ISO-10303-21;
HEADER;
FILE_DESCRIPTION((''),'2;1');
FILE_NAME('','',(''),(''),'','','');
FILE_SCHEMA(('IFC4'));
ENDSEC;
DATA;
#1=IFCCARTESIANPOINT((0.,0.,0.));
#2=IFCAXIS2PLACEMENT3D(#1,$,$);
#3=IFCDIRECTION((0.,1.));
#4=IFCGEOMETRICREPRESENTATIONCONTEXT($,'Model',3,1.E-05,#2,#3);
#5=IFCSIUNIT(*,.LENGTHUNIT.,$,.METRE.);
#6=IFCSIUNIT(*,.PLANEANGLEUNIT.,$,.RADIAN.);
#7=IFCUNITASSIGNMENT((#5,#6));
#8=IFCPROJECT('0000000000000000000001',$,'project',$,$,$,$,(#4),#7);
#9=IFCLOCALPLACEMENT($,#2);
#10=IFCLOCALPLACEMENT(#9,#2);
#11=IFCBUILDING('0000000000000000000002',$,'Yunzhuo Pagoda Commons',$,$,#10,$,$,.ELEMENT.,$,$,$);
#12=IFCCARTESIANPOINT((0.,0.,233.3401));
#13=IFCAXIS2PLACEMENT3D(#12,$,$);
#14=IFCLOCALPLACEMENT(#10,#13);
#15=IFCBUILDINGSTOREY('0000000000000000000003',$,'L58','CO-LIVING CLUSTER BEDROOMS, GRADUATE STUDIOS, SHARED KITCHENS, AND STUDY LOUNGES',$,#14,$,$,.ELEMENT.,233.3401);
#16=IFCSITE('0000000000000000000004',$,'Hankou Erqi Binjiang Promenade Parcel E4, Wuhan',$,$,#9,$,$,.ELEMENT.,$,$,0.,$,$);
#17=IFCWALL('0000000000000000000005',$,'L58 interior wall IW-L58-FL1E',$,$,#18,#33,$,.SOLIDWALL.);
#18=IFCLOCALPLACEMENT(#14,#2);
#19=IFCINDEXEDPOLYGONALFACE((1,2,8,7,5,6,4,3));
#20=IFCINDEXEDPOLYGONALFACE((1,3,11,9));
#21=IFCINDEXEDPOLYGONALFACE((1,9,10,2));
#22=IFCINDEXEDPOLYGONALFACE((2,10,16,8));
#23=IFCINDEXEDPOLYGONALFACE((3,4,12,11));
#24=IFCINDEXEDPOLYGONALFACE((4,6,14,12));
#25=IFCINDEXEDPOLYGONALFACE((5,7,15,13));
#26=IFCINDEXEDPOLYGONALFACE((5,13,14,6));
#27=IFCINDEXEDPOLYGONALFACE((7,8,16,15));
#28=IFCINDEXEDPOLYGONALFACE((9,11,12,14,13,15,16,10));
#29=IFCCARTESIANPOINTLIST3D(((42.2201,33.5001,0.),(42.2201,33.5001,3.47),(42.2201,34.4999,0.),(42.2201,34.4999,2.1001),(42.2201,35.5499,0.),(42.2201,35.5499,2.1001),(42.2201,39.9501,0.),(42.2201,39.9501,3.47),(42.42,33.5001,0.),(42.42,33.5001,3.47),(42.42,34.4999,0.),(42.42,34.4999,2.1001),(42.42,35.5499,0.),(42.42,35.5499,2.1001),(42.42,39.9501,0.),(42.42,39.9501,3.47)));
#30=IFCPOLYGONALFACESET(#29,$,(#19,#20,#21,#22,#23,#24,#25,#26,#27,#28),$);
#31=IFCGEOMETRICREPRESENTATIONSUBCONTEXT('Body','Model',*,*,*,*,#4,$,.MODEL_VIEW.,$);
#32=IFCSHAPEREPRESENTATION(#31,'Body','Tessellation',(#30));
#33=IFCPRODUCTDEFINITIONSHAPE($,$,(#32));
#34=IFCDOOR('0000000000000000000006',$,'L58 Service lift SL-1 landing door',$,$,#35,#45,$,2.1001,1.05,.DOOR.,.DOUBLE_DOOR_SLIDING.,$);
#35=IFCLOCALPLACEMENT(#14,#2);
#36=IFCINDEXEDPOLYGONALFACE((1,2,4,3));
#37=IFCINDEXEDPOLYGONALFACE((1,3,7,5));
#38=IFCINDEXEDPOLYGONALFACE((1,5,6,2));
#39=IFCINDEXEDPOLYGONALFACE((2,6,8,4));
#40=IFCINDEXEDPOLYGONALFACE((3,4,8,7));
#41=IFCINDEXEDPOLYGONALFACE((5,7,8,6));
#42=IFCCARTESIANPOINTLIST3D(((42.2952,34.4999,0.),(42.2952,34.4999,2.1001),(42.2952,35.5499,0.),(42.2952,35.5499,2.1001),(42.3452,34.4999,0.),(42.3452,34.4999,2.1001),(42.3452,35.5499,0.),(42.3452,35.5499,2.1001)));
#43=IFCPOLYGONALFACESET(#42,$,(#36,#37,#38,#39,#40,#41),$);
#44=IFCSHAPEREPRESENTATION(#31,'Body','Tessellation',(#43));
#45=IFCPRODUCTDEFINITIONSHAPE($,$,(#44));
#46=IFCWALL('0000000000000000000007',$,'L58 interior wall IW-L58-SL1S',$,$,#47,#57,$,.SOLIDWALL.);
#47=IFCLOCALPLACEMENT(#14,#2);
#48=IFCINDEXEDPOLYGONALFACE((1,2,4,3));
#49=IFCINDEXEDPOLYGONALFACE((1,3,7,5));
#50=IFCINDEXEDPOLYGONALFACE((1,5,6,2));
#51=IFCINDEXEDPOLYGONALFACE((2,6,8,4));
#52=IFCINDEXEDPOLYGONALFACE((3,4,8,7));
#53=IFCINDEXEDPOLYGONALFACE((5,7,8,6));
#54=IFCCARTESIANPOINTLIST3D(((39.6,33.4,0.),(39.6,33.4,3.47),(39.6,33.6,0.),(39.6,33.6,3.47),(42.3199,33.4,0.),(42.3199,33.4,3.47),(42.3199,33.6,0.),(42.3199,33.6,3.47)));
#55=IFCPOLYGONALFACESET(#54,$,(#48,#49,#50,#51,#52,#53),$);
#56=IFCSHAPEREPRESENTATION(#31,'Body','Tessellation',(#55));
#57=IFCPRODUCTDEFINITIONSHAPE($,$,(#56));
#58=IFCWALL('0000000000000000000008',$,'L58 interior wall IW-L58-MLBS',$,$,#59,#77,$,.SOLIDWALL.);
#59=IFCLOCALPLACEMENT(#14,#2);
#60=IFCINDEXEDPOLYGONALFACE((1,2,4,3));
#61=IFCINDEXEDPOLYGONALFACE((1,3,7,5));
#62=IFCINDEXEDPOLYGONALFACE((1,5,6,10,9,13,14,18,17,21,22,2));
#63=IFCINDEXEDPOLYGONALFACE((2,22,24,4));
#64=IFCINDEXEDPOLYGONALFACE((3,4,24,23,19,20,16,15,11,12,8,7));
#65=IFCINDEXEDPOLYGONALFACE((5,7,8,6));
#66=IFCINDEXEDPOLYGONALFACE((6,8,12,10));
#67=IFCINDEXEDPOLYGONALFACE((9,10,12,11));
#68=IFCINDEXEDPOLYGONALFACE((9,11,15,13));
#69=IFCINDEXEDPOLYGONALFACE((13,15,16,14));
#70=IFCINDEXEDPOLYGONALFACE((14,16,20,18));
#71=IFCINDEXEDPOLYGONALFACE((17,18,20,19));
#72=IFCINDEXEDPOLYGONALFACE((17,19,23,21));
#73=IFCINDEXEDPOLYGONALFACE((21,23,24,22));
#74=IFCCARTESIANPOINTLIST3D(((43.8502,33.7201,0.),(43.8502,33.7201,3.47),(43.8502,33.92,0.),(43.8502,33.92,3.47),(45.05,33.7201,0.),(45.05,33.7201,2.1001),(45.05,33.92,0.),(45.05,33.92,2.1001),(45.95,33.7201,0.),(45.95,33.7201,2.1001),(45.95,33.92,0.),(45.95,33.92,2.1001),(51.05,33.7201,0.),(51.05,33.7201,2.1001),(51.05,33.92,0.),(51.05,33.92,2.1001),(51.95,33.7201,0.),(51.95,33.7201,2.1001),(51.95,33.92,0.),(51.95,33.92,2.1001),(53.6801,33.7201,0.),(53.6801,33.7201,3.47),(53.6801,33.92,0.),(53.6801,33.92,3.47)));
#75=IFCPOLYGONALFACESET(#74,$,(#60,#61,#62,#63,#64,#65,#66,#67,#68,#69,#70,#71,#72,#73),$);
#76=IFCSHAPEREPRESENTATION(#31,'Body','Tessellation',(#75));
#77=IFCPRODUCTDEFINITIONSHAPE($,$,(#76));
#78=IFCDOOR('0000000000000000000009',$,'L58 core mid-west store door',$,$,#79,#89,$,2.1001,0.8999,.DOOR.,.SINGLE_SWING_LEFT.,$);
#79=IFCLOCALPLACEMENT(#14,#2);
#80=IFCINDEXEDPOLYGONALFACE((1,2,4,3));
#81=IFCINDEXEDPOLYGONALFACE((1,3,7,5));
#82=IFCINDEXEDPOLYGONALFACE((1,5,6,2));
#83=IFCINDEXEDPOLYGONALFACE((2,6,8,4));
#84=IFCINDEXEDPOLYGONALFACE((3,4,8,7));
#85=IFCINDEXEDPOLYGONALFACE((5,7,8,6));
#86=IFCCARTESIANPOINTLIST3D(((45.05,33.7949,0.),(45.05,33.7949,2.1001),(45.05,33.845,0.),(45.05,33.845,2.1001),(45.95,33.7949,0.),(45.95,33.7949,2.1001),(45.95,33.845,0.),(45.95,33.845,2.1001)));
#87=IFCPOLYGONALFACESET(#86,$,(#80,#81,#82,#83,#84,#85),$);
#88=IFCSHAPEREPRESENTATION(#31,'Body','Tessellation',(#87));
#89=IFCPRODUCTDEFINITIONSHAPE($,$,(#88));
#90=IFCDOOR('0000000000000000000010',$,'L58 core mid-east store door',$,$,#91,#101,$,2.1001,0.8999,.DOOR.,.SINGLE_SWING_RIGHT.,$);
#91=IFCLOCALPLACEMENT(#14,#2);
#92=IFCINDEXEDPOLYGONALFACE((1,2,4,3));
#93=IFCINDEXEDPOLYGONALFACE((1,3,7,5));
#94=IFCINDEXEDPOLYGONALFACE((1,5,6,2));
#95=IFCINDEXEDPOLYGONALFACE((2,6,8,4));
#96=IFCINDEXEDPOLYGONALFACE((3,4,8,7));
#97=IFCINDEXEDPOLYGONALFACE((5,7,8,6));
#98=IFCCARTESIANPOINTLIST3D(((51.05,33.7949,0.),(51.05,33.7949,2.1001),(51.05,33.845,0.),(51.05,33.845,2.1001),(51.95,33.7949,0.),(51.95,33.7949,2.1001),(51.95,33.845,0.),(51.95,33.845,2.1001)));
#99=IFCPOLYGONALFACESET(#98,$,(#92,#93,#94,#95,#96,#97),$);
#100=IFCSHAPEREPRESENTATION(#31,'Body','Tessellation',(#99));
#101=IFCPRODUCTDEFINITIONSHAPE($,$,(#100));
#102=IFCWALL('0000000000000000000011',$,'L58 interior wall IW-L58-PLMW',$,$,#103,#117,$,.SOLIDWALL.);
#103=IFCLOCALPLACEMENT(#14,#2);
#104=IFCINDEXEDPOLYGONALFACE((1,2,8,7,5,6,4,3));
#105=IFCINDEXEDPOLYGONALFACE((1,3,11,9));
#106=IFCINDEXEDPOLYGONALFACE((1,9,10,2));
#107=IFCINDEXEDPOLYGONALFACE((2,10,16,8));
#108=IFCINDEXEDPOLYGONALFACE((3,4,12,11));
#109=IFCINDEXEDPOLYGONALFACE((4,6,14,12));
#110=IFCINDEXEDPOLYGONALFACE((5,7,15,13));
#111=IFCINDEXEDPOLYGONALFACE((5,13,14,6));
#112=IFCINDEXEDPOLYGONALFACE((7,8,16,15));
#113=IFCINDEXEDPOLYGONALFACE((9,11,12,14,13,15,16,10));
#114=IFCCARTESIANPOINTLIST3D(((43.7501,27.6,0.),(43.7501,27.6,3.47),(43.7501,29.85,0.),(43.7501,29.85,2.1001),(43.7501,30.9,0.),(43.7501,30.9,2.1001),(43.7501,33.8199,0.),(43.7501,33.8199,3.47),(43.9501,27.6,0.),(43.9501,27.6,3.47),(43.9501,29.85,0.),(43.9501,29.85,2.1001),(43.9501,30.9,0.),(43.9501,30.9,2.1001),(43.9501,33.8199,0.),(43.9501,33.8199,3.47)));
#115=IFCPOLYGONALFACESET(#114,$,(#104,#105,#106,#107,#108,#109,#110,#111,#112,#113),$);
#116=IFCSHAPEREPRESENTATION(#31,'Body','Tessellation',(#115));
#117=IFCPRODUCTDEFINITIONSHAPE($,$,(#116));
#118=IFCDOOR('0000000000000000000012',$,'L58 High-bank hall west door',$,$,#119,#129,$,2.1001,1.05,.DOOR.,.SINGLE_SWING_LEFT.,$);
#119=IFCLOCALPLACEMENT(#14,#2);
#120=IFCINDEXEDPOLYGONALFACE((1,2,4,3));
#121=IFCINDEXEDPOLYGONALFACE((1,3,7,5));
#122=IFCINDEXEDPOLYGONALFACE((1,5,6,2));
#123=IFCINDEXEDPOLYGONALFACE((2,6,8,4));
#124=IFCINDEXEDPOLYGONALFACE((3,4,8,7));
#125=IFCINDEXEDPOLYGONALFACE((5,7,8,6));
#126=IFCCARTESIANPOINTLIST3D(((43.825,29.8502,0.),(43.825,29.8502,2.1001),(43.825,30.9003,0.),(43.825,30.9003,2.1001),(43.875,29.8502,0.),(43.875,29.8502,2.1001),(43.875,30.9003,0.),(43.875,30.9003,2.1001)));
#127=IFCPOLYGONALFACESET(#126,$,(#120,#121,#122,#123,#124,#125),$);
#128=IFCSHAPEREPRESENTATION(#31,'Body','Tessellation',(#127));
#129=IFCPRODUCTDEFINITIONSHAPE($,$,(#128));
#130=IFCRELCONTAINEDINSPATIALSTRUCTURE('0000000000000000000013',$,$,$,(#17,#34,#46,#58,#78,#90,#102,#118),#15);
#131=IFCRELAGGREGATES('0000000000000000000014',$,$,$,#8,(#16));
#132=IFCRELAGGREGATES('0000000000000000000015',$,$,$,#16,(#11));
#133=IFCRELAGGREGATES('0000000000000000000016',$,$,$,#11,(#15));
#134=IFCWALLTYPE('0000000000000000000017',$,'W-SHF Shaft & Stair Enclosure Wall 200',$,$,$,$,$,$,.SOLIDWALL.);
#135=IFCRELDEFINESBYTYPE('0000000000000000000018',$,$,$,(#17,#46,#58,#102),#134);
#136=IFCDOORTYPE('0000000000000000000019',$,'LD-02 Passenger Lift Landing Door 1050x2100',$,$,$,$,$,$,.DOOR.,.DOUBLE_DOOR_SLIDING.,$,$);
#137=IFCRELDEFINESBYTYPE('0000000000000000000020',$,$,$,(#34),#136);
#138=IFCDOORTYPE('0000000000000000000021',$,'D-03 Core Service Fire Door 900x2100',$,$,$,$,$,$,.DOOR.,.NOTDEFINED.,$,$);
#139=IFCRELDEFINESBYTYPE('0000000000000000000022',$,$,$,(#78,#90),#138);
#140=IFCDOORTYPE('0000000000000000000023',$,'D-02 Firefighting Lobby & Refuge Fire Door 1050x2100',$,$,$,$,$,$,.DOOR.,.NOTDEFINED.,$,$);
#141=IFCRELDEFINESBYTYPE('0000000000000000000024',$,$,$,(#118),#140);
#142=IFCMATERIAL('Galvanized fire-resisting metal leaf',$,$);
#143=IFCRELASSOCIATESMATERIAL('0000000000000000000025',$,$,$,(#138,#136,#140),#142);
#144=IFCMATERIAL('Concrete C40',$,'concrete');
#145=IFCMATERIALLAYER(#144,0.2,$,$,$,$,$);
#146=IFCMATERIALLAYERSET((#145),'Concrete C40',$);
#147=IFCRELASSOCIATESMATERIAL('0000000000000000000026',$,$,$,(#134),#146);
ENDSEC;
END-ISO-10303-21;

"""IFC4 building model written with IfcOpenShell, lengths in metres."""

from ifc_helpers import new_model, si_unit, direction, frame, frame_2d, origin, origin_with_axes, place, context, subcontext, project, spatial, rectangle, extrude, source, transform, mapped, material, layer, layer_set, type_object, element, fill, save


model = new_model("IFC4")

# Units and contexts
model_context = context("Model", 3, precision=1e-05, world=origin(), true_north=direction((0.0, 1.0)))
body_context = subcontext(model_context, "Body", "Model", "MODEL_VIEW")
ifc_project = project(units=[si_unit("LENGTHUNIT", "METRE"), si_unit("PLANEANGLEUNIT", "RADIAN")], contexts=[model_context])

# Site, building, storey
site_placement = place(None, origin())
site = spatial("IfcSite", under=ifc_project, at=site_placement, Name="Hankou Erqi Binjiang Promenade Parcel E4, Wuhan", CompositionType="ELEMENT", RefElevation=0.0)
building_placement = place(site_placement, origin())
building = spatial("IfcBuilding", under=site, at=building_placement, Name="Yunzhuo Pagoda Commons", CompositionType="ELEMENT")
storey_placement = place(building_placement, frame((0.0, 0.0, 233.3401)))
storey = spatial("IfcBuildingStorey", under=building, at=storey_placement, Name="L58", Description="CO-LIVING CLUSTER BEDROOMS, GRADUATE STUDIOS, SHARED KITCHENS, AND STUDY LOUNGES", CompositionType="ELEMENT", Elevation=233.3401)

# Shared definitions
ifc_material_1 = material(Name="Galvanized fire-resisting metal leaf")
door_type_1 = type_object("IfcDoorType", Name="D-03 Core Service Fire Door 900x2100", OperationType="NOTDEFINED", PredefinedType="DOOR", material=ifc_material_1)
shared_shape_1 = source(origin(), body_context, "Body", "SweptSolid", [
    extrude(rectangle(XDim=0.8999, YDim=2.1001, at=frame_2d((0.45, 1.05))), frame((0.0, 0.0249, 0.0), z_axis=(0.0, -1.0, 0.0), x_axis=(1.0, 0.0, 0.0)), (0.0, 0.0, 1.0), 0.05),
])

# Wall, opening, door
ifc_material_2 = material(Name="Concrete C40", Category="concrete")
ifc_layer_1 = layer(ifc_material_2, 0.2)
ifc_layer_set_1 = layer_set([ifc_layer_1], Name="Concrete C40")
wall_type_1 = type_object("IfcWallType", Name="W-SHF Shaft & Stair Enclosure Wall 200", PredefinedType="SOLIDWALL", material=ifc_layer_set_1)
wall_1_placement = place(storey_placement, frame((42.3201, 33.5, 0.0), z_axis=(0.0, 0.0, 1.0), x_axis=(0.0, 1.0, 0.0)))
wall_1 = element("IfcWall", 1, at=wall_1_placement, inside=storey, type_object=wall_type_1, Name="L58 interior wall IW-L58-FL1E", PredefinedType="SOLIDWALL", context=body_context, shape_type="SweptSolid", body=[
    extrude(rectangle(XDim=6.45, YDim=0.2, at=frame_2d((3.2251, 0.0))), origin(), (0.0, 0.0, 1.0), 3.47),
])
opening_1_placement = place(wall_1_placement, frame((1.0, 0.0, 0.0)))
opening_1 = element("IfcOpeningElement", 2, at=opening_1_placement, cuts=wall_1, PredefinedType="OPENING", context=body_context, shape_type="SweptSolid", body=[
    extrude(rectangle(XDim=1.05, YDim=2.1001, at=frame_2d((0.5249, 1.05))), frame((0.0, 0.1099, 0.0), z_axis=(0.0, -1.0, 0.0), x_axis=(1.0, 0.0, 0.0)), (0.0, 0.0, 1.0), 0.22),
])
door_type_2 = type_object("IfcDoorType", Name="LD-02 Passenger Lift Landing Door 1050x2100", OperationType="DOUBLE_DOOR_SLIDING", PredefinedType="DOOR", material=ifc_material_1)
shared_shape_2 = source(origin(), body_context, "Body", "SweptSolid", [
    extrude(rectangle(XDim=1.05, YDim=2.1001, at=frame_2d((0.5249, 1.05))), frame((0.0, 0.0249, 0.0), z_axis=(0.0, -1.0, 0.0), x_axis=(1.0, 0.0, 0.0)), (0.0, 0.0, 1.0), 0.05),
])
door_1_placement = place(opening_1_placement, origin_with_axes())
door_1 = element("IfcDoor", 3, at=door_1_placement, inside=storey, type_object=door_type_2, Name="L58 Service lift SL-1 landing door", OperationType="DOUBLE_DOOR_SLIDING", OverallHeight=2.1001, OverallWidth=1.05, PredefinedType="DOOR", context=body_context, shape_type="MappedRepresentation", body=[
    mapped(shared_shape_2, transform((0.0, 0.0, 0.0), scale=1.0)),
])
fill(opening_1, door_1)

# Wall
wall_2_placement = place(storey_placement, frame((39.6001, 33.5, 0.0), z_axis=(0.0, 0.0, 1.0), x_axis=(1.0, 0.0, 0.0)))
element("IfcWall", 4, at=wall_2_placement, inside=storey, type_object=wall_type_1, Name="L58 interior wall IW-L58-SL1S", PredefinedType="SOLIDWALL", context=body_context, shape_type="SweptSolid", body=[
    extrude(rectangle(XDim=2.72, YDim=0.2, at=frame_2d((1.3599, 0.0))), origin(), (0.0, 0.0, 1.0), 3.47),
])

# Wall, openings, doors
wall_3_placement = place(storey_placement, frame((43.8501, 33.8201, 0.0), z_axis=(0.0, 0.0, 1.0), x_axis=(1.0, 0.0, 0.0)))
wall_3 = element("IfcWall", 5, at=wall_3_placement, inside=storey, type_object=wall_type_1, Name="L58 interior wall IW-L58-MLBS", PredefinedType="SOLIDWALL", context=body_context, shape_type="SweptSolid", body=[
    extrude(rectangle(XDim=9.8298, YDim=0.2, at=frame_2d((4.915, 0.0))), origin(), (0.0, 0.0, 1.0), 3.47),
])
opening_2_placement = place(wall_3_placement, frame((1.2, 0.0, 0.0)))
opening_2 = element("IfcOpeningElement", 6, at=opening_2_placement, cuts=wall_3, PredefinedType="OPENING", context=body_context, shape_type="SweptSolid", body=[
    extrude(rectangle(XDim=0.8999, YDim=2.1001, at=frame_2d((0.45, 1.05))), frame((0.0, 0.1099, 0.0), z_axis=(0.0, -1.0, 0.0), x_axis=(1.0, 0.0, 0.0)), (0.0, 0.0, 1.0), 0.22),
])
opening_3_placement = place(wall_3_placement, frame((7.2, 0.0, 0.0)))
opening_3 = element("IfcOpeningElement", 7, at=opening_3_placement, cuts=wall_3, PredefinedType="OPENING", context=body_context, shape_type="SweptSolid", body=[
    extrude(rectangle(XDim=0.8999, YDim=2.1001, at=frame_2d((0.45, 1.05))), frame((0.0, 0.1099, 0.0), z_axis=(0.0, -1.0, 0.0), x_axis=(1.0, 0.0, 0.0)), (0.0, 0.0, 1.0), 0.22),
])
door_2_placement = place(opening_2_placement, origin_with_axes())
door_2 = element("IfcDoor", 8, at=door_2_placement, inside=storey, type_object=door_type_1, Name="L58 core mid-west store door", OperationType="SINGLE_SWING_LEFT", OverallHeight=2.1001, OverallWidth=0.8999, PredefinedType="DOOR", context=body_context, shape_type="MappedRepresentation", body=[
    mapped(shared_shape_1, transform((0.0, 0.0, 0.0), scale=1.0)),
])
fill(opening_2, door_2)
door_3_placement = place(opening_3_placement, origin_with_axes())
door_3 = element("IfcDoor", 9, at=door_3_placement, inside=storey, type_object=door_type_1, Name="L58 core mid-east store door", OperationType="SINGLE_SWING_RIGHT", OverallHeight=2.1001, OverallWidth=0.8999, PredefinedType="DOOR", context=body_context, shape_type="MappedRepresentation", body=[
    mapped(shared_shape_1, transform((0.0, 0.0, 0.0), scale=1.0)),
])
fill(opening_3, door_3)

# Wall, opening, door
wall_4_placement = place(storey_placement, frame((43.8501, 27.6001, 0.0), z_axis=(0.0, 0.0, 1.0), x_axis=(0.0, 1.0, 0.0)))
wall_4 = element("IfcWall", 10, at=wall_4_placement, inside=storey, type_object=wall_type_1, Name="L58 interior wall IW-L58-PLMW", PredefinedType="SOLIDWALL", context=body_context, shape_type="SweptSolid", body=[
    extrude(rectangle(XDim=6.22, YDim=0.2, at=frame_2d((3.1099, 0.0))), origin(), (0.0, 0.0, 1.0), 3.47),
])
opening_4_placement = place(wall_4_placement, frame((2.25, 0.0, 0.0)))
opening_4 = element("IfcOpeningElement", 11, at=opening_4_placement, cuts=wall_4, PredefinedType="OPENING", context=body_context, shape_type="SweptSolid", body=[
    extrude(rectangle(XDim=1.05, YDim=2.1001, at=frame_2d((0.5249, 1.05))), frame((0.0, 0.1099, 0.0), z_axis=(0.0, -1.0, 0.0), x_axis=(1.0, 0.0, 0.0)), (0.0, 0.0, 1.0), 0.22),
])
door_type_3 = type_object("IfcDoorType", Name="D-02 Firefighting Lobby & Refuge Fire Door 1050x2100", OperationType="NOTDEFINED", PredefinedType="DOOR", material=ifc_material_1)
door_4_placement = place(opening_4_placement, frame((1.05, 0.0, 0.0), z_axis=(0.0, 0.0, 1.0), x_axis=(-1.0, 0.0, 0.0)))
door_4 = element("IfcDoor", 12, at=door_4_placement, inside=storey, type_object=door_type_3, Name="L58 High-bank hall west door", OperationType="SINGLE_SWING_LEFT", OverallHeight=2.1001, OverallWidth=1.05, PredefinedType="DOOR", context=body_context, shape_type="MappedRepresentation", body=[
    mapped(shared_shape_2, transform((0.0, 0.0, 0.0), scale=1.0)),
])
fill(opening_4, door_4)

save(model, "model.ifc")
